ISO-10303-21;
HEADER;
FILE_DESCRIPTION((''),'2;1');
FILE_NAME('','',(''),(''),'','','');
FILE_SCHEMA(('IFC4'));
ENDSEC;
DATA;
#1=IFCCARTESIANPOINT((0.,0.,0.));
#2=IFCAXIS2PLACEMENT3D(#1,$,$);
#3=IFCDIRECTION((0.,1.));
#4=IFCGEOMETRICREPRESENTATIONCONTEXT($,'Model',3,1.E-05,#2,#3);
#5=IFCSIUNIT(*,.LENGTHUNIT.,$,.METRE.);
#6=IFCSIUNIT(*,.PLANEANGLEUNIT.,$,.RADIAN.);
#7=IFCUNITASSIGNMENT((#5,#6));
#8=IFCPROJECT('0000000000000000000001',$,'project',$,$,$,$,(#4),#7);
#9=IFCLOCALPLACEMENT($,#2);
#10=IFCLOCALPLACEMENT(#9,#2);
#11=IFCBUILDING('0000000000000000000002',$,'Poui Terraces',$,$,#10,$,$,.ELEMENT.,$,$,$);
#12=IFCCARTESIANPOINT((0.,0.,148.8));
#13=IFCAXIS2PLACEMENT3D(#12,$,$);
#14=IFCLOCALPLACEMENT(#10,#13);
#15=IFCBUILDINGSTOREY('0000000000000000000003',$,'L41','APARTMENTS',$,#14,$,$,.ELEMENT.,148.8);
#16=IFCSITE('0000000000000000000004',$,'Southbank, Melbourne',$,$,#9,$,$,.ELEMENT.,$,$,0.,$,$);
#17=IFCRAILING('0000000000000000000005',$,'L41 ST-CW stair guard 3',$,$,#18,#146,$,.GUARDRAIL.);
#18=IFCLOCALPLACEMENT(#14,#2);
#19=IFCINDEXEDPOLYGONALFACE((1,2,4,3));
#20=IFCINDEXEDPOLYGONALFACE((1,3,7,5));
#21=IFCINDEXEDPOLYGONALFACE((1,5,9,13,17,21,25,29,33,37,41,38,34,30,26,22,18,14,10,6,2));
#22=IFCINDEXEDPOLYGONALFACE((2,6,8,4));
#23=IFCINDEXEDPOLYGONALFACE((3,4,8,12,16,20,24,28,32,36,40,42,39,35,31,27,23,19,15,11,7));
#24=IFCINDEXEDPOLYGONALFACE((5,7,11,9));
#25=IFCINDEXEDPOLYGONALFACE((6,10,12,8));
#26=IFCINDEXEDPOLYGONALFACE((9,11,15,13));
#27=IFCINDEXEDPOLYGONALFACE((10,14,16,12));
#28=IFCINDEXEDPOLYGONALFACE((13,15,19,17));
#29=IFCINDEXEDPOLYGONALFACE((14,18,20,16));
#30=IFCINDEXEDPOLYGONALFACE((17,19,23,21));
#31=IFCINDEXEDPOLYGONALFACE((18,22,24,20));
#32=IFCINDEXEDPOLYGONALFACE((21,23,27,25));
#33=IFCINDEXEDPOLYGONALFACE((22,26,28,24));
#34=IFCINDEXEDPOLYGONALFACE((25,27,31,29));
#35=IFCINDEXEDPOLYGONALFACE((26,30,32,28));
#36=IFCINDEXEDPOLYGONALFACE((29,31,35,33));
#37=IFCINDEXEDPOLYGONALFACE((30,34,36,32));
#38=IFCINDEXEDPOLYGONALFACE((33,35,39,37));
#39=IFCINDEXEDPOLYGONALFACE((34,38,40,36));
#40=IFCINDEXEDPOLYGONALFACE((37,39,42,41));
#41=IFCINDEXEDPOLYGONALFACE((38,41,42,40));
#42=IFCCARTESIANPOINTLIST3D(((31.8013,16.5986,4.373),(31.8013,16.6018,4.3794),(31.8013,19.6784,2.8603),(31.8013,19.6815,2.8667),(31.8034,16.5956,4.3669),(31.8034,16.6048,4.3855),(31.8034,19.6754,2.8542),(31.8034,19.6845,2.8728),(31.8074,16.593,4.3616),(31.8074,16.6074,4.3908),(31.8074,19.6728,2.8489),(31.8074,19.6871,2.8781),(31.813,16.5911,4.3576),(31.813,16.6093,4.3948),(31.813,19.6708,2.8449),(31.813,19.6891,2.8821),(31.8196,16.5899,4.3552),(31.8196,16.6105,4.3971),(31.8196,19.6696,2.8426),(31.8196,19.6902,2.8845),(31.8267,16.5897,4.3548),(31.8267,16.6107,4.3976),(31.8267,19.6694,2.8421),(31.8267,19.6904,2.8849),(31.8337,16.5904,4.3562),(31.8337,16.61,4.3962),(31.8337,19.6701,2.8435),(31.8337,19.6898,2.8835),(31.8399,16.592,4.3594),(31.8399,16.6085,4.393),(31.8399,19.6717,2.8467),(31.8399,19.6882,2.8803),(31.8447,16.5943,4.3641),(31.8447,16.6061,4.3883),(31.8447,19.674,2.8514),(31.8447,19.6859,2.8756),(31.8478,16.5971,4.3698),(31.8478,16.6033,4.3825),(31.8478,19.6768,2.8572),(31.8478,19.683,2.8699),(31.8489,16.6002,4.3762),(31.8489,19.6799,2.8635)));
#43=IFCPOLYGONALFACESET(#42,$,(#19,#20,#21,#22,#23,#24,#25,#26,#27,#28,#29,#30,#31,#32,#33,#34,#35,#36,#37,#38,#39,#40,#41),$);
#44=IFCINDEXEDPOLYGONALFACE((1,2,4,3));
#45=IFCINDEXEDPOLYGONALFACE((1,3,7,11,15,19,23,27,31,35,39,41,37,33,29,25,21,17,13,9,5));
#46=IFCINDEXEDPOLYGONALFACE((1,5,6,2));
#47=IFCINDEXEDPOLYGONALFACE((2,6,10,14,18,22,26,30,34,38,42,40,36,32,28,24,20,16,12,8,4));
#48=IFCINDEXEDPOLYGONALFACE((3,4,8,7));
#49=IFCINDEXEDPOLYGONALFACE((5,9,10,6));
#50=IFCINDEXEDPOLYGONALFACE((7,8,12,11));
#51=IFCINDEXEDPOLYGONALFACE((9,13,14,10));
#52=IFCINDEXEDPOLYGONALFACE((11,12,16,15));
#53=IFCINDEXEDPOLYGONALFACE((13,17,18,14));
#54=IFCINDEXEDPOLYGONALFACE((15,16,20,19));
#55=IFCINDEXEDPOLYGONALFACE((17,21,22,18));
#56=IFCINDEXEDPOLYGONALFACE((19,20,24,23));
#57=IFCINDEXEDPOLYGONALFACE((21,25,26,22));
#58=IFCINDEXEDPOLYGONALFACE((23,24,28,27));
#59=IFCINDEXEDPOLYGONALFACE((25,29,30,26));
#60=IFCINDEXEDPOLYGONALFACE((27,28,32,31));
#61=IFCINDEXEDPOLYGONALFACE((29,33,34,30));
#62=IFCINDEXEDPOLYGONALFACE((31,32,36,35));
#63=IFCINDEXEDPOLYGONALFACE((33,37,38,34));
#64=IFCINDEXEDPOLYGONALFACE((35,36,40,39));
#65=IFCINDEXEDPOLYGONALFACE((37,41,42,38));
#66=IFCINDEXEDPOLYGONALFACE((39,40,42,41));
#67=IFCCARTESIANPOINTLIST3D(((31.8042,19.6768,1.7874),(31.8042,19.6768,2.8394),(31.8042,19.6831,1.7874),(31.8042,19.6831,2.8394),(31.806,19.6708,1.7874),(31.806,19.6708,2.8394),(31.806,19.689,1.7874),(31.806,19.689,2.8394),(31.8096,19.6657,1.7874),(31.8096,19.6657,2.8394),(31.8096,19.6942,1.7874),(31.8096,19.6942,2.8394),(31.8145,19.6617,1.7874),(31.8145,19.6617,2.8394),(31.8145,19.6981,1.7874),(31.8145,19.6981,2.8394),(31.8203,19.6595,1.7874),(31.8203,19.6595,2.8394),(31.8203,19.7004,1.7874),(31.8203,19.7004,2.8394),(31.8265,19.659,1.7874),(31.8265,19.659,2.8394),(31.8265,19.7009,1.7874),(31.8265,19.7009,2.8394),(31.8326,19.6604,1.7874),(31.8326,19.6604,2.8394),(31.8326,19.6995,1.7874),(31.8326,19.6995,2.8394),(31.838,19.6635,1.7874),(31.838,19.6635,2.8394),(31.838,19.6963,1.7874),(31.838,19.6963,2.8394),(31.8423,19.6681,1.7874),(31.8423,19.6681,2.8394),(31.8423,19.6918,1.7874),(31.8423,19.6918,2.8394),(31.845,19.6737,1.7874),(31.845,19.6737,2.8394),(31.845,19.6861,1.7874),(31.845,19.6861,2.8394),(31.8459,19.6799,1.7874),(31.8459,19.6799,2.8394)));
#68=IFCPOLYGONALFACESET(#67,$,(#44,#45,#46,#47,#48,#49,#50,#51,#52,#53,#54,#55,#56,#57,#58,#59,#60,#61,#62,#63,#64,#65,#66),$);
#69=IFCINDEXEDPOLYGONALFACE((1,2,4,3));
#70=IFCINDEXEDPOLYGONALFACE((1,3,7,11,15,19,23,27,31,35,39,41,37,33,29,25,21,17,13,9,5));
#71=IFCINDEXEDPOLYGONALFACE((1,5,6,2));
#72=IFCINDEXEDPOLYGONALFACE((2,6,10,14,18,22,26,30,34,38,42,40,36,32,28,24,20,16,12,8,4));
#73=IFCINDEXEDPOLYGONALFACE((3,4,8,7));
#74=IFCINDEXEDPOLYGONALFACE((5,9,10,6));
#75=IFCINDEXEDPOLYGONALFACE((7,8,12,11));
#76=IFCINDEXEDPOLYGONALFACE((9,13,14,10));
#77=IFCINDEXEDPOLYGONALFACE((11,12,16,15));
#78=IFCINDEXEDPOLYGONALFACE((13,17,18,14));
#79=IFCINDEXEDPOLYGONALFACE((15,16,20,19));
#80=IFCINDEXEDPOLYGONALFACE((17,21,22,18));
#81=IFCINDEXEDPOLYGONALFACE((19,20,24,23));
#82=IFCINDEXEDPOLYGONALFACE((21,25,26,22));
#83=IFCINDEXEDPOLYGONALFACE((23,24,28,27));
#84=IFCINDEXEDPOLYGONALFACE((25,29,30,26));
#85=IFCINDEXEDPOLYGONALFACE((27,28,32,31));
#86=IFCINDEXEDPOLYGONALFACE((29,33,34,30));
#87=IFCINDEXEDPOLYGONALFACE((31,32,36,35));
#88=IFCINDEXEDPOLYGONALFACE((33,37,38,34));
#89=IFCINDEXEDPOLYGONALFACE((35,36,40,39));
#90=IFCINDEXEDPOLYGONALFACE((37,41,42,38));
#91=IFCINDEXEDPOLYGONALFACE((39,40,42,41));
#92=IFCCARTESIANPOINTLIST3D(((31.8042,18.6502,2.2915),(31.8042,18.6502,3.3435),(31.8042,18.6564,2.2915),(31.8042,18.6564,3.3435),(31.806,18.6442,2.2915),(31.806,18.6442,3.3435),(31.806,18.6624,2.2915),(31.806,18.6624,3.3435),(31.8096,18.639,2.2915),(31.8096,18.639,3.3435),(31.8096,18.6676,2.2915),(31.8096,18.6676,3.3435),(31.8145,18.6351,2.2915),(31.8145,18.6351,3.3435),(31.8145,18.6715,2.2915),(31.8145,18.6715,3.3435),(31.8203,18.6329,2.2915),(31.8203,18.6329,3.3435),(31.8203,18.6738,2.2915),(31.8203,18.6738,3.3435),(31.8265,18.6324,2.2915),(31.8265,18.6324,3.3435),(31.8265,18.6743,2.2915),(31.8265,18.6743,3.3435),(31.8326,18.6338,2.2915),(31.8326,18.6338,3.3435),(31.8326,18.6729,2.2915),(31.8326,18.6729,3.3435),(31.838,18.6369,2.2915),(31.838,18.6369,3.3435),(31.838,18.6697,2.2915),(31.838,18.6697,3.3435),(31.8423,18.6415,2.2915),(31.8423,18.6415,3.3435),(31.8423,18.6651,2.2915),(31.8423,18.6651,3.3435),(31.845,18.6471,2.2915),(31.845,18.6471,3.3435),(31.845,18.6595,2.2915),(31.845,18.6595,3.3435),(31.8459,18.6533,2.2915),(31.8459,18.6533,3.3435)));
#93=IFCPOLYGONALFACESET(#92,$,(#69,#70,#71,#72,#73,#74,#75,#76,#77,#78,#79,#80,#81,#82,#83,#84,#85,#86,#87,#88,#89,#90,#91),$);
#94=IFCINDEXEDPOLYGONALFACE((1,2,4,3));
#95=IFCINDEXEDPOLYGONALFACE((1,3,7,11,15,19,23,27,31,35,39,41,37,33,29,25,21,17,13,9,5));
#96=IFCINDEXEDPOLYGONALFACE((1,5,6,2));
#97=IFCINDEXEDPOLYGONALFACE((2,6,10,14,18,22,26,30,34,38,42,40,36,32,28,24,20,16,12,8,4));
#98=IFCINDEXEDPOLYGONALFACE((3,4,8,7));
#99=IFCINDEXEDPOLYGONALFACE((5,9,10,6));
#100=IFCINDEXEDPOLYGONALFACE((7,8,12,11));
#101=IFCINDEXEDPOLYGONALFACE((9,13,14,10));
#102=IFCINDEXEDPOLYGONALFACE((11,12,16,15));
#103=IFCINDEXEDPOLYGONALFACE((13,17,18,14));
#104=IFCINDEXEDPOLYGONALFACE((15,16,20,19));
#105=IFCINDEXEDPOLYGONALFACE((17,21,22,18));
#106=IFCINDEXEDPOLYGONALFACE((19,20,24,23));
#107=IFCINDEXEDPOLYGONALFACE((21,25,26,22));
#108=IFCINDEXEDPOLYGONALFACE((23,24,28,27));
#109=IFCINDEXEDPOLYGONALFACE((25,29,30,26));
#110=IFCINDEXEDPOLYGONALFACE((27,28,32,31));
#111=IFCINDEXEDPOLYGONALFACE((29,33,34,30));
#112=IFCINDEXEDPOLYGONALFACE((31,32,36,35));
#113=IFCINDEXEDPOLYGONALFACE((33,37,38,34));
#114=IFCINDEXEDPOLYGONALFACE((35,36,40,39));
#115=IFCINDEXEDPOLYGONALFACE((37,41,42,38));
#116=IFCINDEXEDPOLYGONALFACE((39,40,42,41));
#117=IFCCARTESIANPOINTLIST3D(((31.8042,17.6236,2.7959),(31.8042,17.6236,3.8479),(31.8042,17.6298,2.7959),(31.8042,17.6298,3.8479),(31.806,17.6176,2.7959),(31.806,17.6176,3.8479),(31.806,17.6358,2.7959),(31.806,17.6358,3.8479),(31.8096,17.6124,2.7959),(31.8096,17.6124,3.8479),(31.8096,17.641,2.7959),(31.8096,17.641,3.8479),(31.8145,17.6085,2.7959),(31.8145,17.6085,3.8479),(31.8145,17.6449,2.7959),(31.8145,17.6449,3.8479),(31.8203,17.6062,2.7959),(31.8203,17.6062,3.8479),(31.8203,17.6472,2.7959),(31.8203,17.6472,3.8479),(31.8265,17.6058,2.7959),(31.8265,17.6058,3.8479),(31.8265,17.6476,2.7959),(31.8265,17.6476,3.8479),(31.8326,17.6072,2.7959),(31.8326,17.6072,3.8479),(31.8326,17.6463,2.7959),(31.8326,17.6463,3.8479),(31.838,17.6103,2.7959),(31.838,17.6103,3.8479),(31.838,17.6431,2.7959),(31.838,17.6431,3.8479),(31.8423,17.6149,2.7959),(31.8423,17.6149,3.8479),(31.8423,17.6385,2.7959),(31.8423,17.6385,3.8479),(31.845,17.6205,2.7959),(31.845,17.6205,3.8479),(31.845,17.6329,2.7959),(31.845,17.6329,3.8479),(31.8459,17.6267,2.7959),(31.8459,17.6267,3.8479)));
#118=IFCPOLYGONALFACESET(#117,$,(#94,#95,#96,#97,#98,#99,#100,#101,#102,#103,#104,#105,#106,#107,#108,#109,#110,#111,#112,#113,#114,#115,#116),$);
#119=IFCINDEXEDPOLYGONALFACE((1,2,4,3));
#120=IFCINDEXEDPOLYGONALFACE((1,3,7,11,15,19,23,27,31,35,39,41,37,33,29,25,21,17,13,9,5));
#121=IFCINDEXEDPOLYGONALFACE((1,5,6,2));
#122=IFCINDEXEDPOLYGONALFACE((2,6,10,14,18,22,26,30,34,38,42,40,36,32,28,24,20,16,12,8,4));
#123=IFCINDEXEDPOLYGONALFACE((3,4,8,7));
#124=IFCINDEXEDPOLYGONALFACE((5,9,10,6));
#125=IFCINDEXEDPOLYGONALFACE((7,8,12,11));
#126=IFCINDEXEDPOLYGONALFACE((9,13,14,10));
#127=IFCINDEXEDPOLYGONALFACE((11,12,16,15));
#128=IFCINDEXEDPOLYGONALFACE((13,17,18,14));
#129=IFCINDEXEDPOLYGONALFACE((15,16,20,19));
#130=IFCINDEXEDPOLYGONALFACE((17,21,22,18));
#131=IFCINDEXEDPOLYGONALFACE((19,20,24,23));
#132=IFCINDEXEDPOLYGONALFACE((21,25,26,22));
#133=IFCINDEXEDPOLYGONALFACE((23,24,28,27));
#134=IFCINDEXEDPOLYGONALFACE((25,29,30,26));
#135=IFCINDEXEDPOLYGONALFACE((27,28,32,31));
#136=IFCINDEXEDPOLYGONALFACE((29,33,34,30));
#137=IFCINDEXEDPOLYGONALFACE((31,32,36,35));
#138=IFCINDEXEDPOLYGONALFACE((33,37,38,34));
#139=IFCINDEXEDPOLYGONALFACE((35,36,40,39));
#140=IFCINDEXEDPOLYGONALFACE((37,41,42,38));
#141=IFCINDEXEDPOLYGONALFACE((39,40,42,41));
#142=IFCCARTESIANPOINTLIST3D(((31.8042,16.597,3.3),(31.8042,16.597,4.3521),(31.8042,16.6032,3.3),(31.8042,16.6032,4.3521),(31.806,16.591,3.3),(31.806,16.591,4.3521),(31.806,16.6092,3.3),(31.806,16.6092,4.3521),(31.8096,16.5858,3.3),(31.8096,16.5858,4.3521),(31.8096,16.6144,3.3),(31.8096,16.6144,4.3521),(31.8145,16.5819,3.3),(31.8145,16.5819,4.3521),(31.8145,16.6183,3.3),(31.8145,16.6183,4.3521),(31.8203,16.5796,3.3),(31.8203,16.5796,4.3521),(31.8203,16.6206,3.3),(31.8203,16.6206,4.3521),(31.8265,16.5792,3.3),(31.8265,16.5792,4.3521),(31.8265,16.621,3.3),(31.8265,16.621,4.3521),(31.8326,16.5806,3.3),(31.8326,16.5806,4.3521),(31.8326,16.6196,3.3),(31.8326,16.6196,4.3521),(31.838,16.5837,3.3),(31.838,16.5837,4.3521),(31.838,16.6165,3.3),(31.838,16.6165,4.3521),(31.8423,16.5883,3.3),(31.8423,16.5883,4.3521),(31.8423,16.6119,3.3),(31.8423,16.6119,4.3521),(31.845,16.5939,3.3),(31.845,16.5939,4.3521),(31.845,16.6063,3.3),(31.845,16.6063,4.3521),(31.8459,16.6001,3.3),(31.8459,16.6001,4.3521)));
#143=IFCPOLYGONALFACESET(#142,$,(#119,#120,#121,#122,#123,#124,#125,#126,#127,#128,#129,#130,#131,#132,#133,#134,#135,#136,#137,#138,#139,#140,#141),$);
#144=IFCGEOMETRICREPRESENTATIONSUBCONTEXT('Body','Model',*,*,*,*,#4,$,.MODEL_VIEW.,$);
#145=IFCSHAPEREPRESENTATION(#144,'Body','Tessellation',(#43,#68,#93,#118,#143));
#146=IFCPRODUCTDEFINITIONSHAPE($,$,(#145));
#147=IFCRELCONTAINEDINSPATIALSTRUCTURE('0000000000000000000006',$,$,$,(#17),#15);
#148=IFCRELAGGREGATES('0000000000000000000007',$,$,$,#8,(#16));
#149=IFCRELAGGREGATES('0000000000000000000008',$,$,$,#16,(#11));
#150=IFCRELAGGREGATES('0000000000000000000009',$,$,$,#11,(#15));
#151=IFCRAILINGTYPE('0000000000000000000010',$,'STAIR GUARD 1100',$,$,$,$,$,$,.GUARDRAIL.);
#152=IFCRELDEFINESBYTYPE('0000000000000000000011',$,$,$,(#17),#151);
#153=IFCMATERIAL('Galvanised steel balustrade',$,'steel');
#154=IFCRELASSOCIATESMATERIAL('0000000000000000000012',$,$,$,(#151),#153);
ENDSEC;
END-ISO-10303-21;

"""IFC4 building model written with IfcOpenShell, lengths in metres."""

from ifc_helpers import new_model, si_unit, direction, frame, origin, origin_2d, place, context, subcontext, project, spatial, circle, extrude, material, type_object, element, save


model = new_model("IFC4")

# Units and contexts
model_context = context("Model", 3, precision=1e-05, world=origin(), true_north=direction((0.0, 1.0)))
body_context = subcontext(model_context, "Body", "Model", "MODEL_VIEW")
ifc_project = project(units=[si_unit("LENGTHUNIT", "METRE"), si_unit("PLANEANGLEUNIT", "RADIAN")], contexts=[model_context])

# Site, building, storey
site_placement = place(None, origin())
site = spatial("IfcSite", under=ifc_project, at=site_placement, Name="Southbank, Melbourne", CompositionType="ELEMENT", RefElevation=0.0)
building_placement = place(site_placement, origin())
building = spatial("IfcBuilding", under=site, at=building_placement, Name="Poui Terraces", CompositionType="ELEMENT")
storey_placement = place(building_placement, frame((0.0, 0.0, 148.8)))
storey = spatial("IfcBuildingStorey", under=building, at=storey_placement, Name="L41", Description="APARTMENTS", CompositionType="ELEMENT", Elevation=148.8)

# Railing
ifc_material_1 = material(Name="Galvanised steel balustrade", Category="steel")
railing_type_1 = type_object("IfcRailingType", Name="STAIR GUARD 1100", PredefinedType="GUARDRAIL", material=ifc_material_1)
railing_1_placement = place(storey_placement, frame((31.825, 19.6799, 1.7874)))
element("IfcRailing", 1, at=railing_1_placement, inside=storey, type_object=railing_type_1, Name="L41 ST-CW stair guard 3", PredefinedType="GUARDRAIL", context=body_context, shape_type="SweptSolid", body=[
    extrude(circle(Radius=0.0239, at=origin_2d()), frame((0.0, 0.0, 1.0762), z_axis=(0.0, -0.897578, 0.440856), x_axis=(1.0, 0.0, 0.0)), (0.0, 0.0, 1.0), 3.4312),
    extrude(circle(Radius=0.021, at=origin_2d()), origin(), (0.0, 0.0, 1.0), 1.052),
    extrude(circle(Radius=0.021, at=origin_2d()), frame((0.0, -1.0266, 0.5042)), (0.0, 0.0, 1.0), 1.052),
    extrude(circle(Radius=0.021, at=origin_2d()), frame((0.0, -2.0532, 1.0085)), (0.0, 0.0, 1.0), 1.052),
    extrude(circle(Radius=0.021, at=origin_2d()), frame((0.0, -3.0798, 1.5127)), (0.0, 0.0, 1.0), 1.052),
])

save(model, "model.ifc")
